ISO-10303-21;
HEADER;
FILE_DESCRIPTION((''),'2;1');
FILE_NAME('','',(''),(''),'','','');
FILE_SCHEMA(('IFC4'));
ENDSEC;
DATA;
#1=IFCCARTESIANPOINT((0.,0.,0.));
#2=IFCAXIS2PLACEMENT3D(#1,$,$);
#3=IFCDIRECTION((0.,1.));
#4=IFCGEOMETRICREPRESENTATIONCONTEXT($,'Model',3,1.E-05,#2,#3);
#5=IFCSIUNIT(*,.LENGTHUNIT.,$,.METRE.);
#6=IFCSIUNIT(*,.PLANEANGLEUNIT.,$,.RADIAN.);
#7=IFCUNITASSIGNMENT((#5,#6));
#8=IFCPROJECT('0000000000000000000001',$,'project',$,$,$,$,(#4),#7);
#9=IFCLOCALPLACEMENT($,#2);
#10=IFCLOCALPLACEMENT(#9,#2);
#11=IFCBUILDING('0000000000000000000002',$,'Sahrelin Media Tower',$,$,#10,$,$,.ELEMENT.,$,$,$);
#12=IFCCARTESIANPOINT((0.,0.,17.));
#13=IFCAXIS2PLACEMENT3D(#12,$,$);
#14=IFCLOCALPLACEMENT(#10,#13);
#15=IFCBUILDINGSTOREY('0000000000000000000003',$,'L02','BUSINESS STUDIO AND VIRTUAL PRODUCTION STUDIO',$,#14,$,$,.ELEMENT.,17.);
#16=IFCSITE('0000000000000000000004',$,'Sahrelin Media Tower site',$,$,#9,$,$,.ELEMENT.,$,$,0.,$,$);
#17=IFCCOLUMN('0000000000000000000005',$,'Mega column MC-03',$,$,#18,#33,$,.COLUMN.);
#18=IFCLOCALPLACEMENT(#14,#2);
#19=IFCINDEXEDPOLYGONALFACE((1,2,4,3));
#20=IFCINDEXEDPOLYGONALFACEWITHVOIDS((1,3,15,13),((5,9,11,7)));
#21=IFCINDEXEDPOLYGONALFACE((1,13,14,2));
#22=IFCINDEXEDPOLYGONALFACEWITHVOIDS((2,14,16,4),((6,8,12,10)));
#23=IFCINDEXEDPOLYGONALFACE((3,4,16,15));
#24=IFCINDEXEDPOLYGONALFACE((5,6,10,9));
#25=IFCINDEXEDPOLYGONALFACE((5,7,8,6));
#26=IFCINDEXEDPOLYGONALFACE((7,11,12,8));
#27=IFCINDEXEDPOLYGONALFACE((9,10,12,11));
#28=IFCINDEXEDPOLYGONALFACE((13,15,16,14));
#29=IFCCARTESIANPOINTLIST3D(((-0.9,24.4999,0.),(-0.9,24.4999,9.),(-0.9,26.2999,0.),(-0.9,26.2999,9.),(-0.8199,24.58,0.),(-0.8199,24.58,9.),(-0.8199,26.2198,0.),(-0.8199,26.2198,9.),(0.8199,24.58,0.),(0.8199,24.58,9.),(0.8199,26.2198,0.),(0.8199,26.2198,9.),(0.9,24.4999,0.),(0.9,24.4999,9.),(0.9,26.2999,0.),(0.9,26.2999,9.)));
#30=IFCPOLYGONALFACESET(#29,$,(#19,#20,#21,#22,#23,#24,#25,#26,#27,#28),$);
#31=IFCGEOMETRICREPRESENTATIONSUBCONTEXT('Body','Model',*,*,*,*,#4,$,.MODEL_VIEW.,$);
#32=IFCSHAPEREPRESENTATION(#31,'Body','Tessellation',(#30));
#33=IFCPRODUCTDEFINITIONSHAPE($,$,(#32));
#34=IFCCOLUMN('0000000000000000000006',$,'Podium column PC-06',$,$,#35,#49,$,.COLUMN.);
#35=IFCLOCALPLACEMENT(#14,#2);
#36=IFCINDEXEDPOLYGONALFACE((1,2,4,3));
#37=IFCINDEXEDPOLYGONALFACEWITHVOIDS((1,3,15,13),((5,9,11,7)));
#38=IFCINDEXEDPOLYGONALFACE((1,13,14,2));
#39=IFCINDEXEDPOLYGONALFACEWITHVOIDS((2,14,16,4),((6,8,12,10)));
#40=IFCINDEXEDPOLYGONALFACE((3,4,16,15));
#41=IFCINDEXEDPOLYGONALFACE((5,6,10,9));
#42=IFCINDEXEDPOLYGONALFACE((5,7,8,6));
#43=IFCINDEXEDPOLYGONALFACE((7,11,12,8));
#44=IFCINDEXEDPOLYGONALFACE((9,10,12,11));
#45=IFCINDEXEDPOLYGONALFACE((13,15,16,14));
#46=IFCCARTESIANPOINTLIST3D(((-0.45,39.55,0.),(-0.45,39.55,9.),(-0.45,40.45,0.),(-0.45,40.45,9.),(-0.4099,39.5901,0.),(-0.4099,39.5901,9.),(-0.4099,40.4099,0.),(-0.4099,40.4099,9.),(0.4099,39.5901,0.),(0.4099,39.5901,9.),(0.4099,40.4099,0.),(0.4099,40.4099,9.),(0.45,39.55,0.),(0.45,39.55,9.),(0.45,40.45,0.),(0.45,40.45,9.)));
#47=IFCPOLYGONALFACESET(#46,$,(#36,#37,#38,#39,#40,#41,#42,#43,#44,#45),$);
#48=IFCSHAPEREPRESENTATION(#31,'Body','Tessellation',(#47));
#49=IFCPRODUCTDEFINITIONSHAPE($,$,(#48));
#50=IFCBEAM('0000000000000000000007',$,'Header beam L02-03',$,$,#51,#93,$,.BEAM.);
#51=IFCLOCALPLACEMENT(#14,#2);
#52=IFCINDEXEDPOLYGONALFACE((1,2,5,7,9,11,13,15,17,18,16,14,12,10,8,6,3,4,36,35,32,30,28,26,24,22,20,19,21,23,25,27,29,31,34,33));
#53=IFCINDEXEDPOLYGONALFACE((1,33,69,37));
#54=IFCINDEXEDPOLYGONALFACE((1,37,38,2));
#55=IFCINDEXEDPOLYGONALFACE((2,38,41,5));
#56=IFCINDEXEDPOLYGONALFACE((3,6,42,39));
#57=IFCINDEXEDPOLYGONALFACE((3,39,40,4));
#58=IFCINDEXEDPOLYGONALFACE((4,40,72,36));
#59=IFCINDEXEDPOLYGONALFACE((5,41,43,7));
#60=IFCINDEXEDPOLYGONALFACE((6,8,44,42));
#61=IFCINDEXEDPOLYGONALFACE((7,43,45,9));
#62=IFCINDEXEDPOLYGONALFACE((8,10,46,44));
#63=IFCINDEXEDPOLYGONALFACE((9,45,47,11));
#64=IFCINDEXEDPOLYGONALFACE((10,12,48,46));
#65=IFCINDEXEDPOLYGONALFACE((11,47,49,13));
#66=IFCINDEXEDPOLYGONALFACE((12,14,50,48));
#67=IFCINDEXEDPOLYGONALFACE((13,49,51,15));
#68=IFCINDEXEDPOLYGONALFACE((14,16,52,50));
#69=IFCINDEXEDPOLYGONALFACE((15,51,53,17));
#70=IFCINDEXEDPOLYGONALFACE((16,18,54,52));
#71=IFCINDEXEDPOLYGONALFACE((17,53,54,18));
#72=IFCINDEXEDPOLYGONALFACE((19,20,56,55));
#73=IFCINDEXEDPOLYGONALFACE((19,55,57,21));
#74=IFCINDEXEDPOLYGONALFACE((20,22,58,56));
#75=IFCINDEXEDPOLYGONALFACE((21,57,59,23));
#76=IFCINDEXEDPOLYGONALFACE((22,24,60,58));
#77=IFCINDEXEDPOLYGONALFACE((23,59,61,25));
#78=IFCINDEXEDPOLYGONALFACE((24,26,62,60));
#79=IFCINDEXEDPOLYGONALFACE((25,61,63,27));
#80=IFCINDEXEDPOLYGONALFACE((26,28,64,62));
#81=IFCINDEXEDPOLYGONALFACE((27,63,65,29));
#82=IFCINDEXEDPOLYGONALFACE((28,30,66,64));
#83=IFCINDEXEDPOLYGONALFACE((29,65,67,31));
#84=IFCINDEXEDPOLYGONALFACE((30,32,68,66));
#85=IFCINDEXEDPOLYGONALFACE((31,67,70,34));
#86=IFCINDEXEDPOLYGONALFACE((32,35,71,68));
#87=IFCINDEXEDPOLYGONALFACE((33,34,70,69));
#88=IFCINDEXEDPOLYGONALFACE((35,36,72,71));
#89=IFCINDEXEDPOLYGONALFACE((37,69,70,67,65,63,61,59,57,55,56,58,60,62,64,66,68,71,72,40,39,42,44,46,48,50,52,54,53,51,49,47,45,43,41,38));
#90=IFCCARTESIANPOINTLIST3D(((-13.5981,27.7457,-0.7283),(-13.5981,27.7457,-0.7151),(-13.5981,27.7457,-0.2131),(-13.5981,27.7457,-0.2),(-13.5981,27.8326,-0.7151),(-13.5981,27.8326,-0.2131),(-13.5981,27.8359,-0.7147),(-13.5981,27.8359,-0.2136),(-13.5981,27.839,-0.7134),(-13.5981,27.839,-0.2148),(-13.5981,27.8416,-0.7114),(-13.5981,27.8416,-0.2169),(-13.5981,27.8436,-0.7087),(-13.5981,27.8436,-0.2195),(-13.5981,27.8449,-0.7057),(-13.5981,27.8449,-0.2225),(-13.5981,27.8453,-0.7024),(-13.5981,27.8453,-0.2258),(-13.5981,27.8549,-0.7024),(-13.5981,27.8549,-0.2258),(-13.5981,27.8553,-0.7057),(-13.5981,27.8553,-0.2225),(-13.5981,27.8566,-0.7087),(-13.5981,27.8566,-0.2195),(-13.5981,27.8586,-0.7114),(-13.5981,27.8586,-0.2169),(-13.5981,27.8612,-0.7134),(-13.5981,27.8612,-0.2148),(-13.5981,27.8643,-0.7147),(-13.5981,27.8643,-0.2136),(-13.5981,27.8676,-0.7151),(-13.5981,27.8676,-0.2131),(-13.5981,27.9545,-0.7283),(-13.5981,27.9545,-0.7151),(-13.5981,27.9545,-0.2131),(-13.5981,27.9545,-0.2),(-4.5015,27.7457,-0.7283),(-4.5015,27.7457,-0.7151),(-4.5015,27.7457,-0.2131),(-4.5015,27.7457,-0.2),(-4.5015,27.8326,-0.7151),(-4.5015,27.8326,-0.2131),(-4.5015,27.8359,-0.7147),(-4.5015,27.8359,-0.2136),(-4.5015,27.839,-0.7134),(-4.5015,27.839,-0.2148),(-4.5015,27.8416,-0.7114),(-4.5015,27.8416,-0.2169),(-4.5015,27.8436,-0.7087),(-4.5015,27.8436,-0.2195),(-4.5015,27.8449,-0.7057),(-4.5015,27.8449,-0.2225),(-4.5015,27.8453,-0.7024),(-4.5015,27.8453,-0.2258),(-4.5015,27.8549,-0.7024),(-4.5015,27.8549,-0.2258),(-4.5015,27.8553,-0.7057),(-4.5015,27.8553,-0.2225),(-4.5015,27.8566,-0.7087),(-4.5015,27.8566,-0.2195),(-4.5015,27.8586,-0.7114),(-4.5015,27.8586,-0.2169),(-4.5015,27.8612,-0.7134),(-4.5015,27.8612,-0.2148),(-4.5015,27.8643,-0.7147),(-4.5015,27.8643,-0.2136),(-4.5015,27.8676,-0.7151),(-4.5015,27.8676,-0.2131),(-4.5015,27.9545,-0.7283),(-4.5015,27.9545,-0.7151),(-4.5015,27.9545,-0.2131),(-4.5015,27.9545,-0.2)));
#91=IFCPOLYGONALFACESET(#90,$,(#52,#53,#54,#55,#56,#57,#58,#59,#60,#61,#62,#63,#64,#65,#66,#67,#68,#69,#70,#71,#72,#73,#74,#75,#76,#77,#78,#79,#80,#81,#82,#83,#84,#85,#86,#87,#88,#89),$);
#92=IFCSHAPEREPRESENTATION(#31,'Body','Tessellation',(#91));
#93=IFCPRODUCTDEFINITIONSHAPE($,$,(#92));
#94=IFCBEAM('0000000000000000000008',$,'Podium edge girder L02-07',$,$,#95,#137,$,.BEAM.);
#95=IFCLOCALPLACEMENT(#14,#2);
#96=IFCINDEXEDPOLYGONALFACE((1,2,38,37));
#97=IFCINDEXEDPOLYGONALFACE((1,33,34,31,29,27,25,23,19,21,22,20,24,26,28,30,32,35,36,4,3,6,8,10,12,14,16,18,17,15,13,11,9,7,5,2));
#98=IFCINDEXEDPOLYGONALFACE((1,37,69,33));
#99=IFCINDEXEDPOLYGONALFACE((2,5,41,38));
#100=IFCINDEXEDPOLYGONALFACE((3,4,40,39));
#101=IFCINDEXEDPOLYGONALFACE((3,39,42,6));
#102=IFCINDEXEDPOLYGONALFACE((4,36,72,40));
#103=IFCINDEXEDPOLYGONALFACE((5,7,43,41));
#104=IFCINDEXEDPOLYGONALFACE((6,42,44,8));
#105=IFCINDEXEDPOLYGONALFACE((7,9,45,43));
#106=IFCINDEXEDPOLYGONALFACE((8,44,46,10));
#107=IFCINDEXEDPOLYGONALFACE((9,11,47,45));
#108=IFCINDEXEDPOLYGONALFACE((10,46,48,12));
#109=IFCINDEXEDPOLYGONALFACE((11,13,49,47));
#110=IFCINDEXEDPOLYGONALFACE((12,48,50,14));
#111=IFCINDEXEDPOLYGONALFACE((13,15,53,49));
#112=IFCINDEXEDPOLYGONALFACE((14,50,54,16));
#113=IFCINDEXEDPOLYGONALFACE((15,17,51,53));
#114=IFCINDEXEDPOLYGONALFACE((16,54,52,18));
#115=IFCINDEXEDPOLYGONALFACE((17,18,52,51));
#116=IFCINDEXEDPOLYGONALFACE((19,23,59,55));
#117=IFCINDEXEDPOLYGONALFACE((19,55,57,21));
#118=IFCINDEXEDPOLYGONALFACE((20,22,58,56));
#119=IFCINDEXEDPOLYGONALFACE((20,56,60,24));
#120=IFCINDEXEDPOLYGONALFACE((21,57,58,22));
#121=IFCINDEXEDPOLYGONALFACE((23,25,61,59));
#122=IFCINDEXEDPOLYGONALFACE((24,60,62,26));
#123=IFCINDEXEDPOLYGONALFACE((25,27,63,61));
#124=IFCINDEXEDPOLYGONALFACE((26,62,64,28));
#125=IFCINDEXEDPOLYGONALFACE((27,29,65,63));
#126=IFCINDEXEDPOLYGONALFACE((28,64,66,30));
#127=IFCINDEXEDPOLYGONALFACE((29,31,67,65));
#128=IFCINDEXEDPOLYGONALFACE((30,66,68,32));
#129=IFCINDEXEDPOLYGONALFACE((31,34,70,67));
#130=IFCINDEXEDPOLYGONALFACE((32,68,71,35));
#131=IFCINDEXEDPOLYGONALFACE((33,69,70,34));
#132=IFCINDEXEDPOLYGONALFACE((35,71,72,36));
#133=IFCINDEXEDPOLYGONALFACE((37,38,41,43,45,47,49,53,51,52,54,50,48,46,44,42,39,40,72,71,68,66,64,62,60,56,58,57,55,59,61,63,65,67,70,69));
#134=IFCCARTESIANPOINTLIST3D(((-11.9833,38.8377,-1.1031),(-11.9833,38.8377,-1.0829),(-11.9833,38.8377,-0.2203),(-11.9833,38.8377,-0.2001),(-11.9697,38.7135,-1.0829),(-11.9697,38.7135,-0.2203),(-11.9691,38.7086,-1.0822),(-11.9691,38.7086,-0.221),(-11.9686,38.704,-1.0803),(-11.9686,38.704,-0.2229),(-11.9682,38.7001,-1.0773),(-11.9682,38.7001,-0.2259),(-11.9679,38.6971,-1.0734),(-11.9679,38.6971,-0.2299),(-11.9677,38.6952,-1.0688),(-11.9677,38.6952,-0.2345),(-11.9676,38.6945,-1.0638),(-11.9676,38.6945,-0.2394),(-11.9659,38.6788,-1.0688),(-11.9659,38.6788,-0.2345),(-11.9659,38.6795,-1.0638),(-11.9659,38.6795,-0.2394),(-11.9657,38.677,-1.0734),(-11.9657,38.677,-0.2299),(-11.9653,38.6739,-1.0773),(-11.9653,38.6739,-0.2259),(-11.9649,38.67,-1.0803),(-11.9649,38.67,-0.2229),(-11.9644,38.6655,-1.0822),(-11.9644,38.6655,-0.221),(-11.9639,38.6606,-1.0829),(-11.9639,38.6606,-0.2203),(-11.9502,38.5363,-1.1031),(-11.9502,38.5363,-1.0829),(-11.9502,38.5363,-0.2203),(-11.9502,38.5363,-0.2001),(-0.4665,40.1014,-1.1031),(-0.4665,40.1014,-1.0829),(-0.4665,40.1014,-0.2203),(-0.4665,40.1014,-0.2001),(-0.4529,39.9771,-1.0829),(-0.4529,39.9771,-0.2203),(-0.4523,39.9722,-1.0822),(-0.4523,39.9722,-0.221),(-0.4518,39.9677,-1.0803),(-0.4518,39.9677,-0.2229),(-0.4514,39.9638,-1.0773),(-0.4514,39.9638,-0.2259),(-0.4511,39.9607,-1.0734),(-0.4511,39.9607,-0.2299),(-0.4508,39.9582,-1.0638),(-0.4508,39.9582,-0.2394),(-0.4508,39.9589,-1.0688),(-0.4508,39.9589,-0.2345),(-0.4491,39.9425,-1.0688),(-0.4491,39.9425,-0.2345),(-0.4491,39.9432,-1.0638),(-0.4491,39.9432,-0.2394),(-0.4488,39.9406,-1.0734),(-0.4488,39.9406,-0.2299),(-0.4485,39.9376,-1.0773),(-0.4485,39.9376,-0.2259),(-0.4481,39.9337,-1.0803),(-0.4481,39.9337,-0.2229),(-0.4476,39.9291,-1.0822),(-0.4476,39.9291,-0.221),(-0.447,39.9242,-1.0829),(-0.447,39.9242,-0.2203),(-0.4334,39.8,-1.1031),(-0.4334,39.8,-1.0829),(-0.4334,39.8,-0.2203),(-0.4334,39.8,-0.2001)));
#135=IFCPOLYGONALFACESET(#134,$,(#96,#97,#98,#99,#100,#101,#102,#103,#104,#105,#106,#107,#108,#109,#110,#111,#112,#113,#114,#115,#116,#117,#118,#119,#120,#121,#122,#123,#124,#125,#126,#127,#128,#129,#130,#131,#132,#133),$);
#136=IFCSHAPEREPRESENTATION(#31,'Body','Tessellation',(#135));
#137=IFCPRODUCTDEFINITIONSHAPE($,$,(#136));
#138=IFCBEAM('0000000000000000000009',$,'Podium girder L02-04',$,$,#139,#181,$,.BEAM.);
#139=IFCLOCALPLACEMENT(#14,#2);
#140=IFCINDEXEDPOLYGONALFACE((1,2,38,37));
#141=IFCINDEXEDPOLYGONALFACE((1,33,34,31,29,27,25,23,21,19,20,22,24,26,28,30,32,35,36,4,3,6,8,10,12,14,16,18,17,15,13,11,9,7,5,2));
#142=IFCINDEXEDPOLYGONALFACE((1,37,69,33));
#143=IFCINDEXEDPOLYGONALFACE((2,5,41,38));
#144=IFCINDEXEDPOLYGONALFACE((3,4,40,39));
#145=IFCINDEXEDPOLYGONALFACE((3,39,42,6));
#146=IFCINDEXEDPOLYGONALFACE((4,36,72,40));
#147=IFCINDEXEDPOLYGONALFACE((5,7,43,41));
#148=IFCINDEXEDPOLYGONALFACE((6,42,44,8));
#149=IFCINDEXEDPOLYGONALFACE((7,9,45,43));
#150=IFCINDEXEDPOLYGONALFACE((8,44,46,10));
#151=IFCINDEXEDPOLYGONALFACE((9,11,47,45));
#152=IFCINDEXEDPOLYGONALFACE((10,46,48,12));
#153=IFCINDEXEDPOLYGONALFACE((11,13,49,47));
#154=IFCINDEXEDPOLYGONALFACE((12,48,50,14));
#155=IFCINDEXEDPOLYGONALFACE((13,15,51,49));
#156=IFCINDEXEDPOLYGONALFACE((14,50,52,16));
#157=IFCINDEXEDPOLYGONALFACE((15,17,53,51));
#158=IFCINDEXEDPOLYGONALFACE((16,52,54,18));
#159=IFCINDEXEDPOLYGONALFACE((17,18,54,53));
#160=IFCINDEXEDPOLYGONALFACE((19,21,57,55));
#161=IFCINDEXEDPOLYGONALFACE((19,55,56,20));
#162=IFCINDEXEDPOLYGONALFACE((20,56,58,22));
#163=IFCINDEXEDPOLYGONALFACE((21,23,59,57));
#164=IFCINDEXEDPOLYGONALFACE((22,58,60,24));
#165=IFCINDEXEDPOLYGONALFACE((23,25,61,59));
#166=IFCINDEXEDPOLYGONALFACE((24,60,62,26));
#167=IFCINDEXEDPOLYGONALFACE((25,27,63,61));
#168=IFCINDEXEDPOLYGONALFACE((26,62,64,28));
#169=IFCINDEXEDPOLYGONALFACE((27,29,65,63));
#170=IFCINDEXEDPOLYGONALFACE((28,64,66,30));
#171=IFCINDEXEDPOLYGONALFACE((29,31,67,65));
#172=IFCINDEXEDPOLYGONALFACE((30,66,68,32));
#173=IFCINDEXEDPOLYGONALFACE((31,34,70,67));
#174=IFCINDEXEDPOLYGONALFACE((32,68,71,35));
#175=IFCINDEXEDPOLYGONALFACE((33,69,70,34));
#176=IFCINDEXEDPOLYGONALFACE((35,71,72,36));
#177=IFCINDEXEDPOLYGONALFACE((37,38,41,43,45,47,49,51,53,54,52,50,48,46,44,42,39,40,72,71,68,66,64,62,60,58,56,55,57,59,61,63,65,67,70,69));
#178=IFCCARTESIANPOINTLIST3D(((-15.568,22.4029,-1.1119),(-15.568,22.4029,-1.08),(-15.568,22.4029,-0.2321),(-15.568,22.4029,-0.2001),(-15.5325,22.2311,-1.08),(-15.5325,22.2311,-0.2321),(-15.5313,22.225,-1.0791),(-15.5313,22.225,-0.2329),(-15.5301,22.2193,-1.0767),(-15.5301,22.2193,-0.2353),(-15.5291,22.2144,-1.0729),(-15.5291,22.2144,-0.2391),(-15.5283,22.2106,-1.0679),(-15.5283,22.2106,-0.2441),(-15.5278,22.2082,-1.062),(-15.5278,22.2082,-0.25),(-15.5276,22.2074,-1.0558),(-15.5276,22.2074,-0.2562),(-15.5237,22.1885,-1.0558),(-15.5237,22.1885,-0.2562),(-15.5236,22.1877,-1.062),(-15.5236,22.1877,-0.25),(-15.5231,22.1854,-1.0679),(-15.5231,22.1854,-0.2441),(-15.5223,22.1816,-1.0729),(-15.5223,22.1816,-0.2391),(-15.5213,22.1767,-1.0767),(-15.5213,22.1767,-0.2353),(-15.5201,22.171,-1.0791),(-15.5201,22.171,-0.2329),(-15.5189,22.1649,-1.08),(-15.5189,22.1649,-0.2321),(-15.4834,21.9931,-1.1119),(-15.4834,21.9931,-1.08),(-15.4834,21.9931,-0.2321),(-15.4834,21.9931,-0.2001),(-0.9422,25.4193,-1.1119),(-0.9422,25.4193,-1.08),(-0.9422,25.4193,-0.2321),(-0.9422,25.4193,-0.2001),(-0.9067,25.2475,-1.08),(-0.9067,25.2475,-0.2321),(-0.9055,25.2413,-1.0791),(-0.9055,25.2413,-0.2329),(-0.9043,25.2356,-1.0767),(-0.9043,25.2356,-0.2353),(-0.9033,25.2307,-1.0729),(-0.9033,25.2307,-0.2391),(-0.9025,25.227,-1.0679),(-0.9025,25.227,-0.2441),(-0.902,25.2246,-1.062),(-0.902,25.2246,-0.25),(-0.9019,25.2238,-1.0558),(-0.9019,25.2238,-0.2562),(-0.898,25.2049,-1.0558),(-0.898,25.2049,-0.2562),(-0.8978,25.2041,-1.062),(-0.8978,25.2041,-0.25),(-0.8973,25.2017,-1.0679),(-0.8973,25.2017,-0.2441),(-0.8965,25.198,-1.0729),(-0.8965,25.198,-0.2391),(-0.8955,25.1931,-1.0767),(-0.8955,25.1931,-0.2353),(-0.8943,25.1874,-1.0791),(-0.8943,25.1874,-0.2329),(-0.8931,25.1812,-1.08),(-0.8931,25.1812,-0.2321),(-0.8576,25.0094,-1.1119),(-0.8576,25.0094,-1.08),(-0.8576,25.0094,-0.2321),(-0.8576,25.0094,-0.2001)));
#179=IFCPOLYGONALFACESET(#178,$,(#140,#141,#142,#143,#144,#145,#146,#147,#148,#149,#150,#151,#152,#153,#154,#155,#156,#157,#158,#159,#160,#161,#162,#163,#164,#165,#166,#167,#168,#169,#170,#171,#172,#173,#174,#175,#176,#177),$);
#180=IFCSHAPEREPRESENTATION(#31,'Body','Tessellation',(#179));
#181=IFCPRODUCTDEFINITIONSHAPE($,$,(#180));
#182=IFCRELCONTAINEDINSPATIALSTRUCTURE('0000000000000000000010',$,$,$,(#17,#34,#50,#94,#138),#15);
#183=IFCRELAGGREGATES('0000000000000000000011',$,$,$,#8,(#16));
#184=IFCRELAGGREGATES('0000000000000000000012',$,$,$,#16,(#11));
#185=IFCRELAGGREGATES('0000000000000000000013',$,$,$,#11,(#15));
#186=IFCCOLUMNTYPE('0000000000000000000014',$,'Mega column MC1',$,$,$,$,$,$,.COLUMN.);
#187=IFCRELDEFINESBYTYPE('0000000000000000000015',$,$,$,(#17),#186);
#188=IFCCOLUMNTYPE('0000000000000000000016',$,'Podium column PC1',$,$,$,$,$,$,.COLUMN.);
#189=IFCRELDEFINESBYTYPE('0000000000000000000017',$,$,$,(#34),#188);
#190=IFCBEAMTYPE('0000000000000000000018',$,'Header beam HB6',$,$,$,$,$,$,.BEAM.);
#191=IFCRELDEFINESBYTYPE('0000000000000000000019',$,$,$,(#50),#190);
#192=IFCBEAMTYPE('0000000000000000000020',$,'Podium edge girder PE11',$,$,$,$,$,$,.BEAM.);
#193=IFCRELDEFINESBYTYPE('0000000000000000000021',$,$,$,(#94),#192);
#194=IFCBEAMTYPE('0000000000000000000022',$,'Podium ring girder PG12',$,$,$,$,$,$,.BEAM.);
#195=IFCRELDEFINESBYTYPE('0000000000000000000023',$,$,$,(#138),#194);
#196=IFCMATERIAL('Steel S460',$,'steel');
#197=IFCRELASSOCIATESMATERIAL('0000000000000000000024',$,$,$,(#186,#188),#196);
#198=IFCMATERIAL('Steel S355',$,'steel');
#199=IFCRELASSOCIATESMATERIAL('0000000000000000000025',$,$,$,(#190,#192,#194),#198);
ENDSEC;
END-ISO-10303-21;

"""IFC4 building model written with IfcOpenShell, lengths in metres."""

from ifc_helpers import new_model, si_unit, direction, frame, origin, origin_2d, place, context, subcontext, project, spatial, hollow_rectangle, i_section, extrude, material, material_profile, profile_set, type_object, element, save


model = new_model("IFC4")

# Units and contexts
model_context = context("Model", 3, precision=1e-05, world=origin(), true_north=direction((0.0, 1.0)))
body_context = subcontext(model_context, "Body", "Model", "MODEL_VIEW")
ifc_project = project(units=[si_unit("LENGTHUNIT", "METRE"), si_unit("PLANEANGLEUNIT", "RADIAN")], contexts=[model_context])

# Site, building, storey
site_placement = place(None, origin())
site = spatial("IfcSite", under=ifc_project, at=site_placement, Name="Sahrelin Media Tower site", CompositionType="ELEMENT", RefElevation=0.0)
building_placement = place(site_placement, origin())
building = spatial("IfcBuilding", under=site, at=building_placement, Name="Sahrelin Media Tower", CompositionType="ELEMENT")
storey_placement = place(building_placement, frame((0.0, 0.0, 17.0)))
storey = spatial("IfcBuildingStorey", under=building, at=storey_placement, Name="L02", Description="BUSINESS STUDIO AND VIRTUAL PRODUCTION STUDIO", CompositionType="ELEMENT", Elevation=17.0)

# Columns
ifc_material_1 = material(Name="Steel S460", Category="steel")
ifc_material_profile_1 = material_profile(ifc_material_1, hollow_rectangle(XDim=1.8, YDim=1.8, WallThickness=0.0801, at=origin_2d()), Name="Mega column MC1")
ifc_profile_set_1 = profile_set([ifc_material_profile_1], Name="Steel S460")
column_type_1 = type_object("IfcColumnType", Name="Mega column MC1", PredefinedType="COLUMN", material=ifc_profile_set_1)
column_1_placement = place(storey_placement, frame((0.0, 25.3999, 0.0), z_axis=(0.0, 0.0, 1.0), x_axis=(0.0, 1.0, 0.0)))
element("IfcColumn", 1, at=column_1_placement, inside=storey, type_object=column_type_1, Name="Mega column MC-03", PredefinedType="COLUMN", context=body_context, shape_type="SweptSolid", body=[
    extrude(hollow_rectangle(XDim=1.8, YDim=1.8, WallThickness=0.0801, at=origin_2d()), origin(), (0.0, 0.0, 1.0), 9.0),
])
ifc_material_profile_2 = material_profile(ifc_material_1, hollow_rectangle(XDim=0.8999, YDim=0.8999, WallThickness=0.04, at=origin_2d()), Name="Podium column PC1")
ifc_profile_set_2 = profile_set([ifc_material_profile_2], Name="Steel S460")
column_type_2 = type_object("IfcColumnType", Name="Podium column PC1", PredefinedType="COLUMN", material=ifc_profile_set_2)
column_2_placement = place(storey_placement, frame((0.0, 40.0, 0.0), z_axis=(0.0, 0.0, 1.0), x_axis=(0.0, 1.0, 0.0)))
element("IfcColumn", 2, at=column_2_placement, inside=storey, type_object=column_type_2, Name="Podium column PC-06", PredefinedType="COLUMN", context=body_context, shape_type="SweptSolid", body=[
    extrude(hollow_rectangle(XDim=0.8999, YDim=0.8999, WallThickness=0.04, at=origin_2d()), origin(), (0.0, 0.0, 1.0), 9.0),
])

# Beams
ifc_material_2 = material(Name="Steel S355", Category="steel")
ifc_material_profile_3 = material_profile(ifc_material_2, i_section(OverallWidth=0.2087, OverallDepth=0.5283, WebThickness=0.0095, FlangeThickness=0.0132, FilletRadius=0.0127, at=origin_2d()), Name="UB 533x210x82")
ifc_profile_set_3 = profile_set([ifc_material_profile_3], Name="Steel S355")
beam_type_1 = type_object("IfcBeamType", Name="Header beam HB6", PredefinedType="BEAM", material=ifc_profile_set_3)
beam_1_placement = place(storey_placement, frame((-4.5015, 27.8501, -0.4641), z_axis=(-1.0, 0.0, 0.0), x_axis=(0.0, -1.0, 0.0)))
element("IfcBeam", 3, at=beam_1_placement, inside=storey, type_object=beam_type_1, Name="Header beam L02-03", PredefinedType="BEAM", context=body_context, shape_type="SweptSolid", body=[
    extrude(i_section(OverallWidth=0.2087, OverallDepth=0.5283, WebThickness=0.0095, FlangeThickness=0.0132, FilletRadius=0.0127, at=origin_2d()), origin(), (0.0, 0.0, 1.0), 9.0967),
])
ifc_material_profile_4 = material_profile(ifc_material_2, i_section(OverallWidth=0.3032, OverallDepth=0.9031, WebThickness=0.0151, FlangeThickness=0.0203, FilletRadius=0.019, at=origin_2d()), Name="UB 914x305x201")
ifc_profile_set_4 = profile_set([ifc_material_profile_4], Name="Steel S355")
beam_type_2 = type_object("IfcBeamType", Name="Podium edge girder PE11", PredefinedType="BEAM", material=ifc_profile_set_4)
beam_2_placement = place(storey_placement, frame((-0.45, 39.9507, -0.6516), z_axis=(-0.994034, -0.109069, 0.0), x_axis=(0.109069, -0.994034, 0.0)))
element("IfcBeam", 4, at=beam_2_placement, inside=storey, type_object=beam_type_2, Name="Podium edge girder L02-07", PredefinedType="BEAM", context=body_context, shape_type="SweptSolid", body=[
    extrude(i_section(OverallWidth=0.3032, OverallDepth=0.9031, WebThickness=0.0151, FlangeThickness=0.0203, FilletRadius=0.019, at=origin_2d()), origin(), (0.0, 0.0, 1.0), 11.5859),
])
ifc_material_profile_5 = material_profile(ifc_material_2, i_section(OverallWidth=0.4185, OverallDepth=0.9119, WebThickness=0.0193, FlangeThickness=0.032, FilletRadius=0.0242, at=origin_2d()), Name="UB 914x419x343")
ifc_profile_set_5 = profile_set([ifc_material_profile_5], Name="Steel S355")
beam_type_3 = type_object("IfcBeamType", Name="Podium ring girder PG12", PredefinedType="BEAM", material=ifc_profile_set_5)
beam_3_placement = place(storey_placement, frame((-0.8999, 25.2144, -0.656), z_axis=(-0.979389, -0.201985, 0.0), x_axis=(0.201985, -0.979389, 0.0)))
element("IfcBeam", 5, at=beam_3_placement, inside=storey, type_object=beam_type_3, Name="Podium girder L02-04", PredefinedType="BEAM", context=body_context, shape_type="SweptSolid", body=[
    extrude(i_section(OverallWidth=0.4185, OverallDepth=0.9119, WebThickness=0.0193, FlangeThickness=0.032, FilletRadius=0.0242, at=origin_2d()), origin(), (0.0, 0.0, 1.0), 14.9336),
])

save(model, "model.ifc")
